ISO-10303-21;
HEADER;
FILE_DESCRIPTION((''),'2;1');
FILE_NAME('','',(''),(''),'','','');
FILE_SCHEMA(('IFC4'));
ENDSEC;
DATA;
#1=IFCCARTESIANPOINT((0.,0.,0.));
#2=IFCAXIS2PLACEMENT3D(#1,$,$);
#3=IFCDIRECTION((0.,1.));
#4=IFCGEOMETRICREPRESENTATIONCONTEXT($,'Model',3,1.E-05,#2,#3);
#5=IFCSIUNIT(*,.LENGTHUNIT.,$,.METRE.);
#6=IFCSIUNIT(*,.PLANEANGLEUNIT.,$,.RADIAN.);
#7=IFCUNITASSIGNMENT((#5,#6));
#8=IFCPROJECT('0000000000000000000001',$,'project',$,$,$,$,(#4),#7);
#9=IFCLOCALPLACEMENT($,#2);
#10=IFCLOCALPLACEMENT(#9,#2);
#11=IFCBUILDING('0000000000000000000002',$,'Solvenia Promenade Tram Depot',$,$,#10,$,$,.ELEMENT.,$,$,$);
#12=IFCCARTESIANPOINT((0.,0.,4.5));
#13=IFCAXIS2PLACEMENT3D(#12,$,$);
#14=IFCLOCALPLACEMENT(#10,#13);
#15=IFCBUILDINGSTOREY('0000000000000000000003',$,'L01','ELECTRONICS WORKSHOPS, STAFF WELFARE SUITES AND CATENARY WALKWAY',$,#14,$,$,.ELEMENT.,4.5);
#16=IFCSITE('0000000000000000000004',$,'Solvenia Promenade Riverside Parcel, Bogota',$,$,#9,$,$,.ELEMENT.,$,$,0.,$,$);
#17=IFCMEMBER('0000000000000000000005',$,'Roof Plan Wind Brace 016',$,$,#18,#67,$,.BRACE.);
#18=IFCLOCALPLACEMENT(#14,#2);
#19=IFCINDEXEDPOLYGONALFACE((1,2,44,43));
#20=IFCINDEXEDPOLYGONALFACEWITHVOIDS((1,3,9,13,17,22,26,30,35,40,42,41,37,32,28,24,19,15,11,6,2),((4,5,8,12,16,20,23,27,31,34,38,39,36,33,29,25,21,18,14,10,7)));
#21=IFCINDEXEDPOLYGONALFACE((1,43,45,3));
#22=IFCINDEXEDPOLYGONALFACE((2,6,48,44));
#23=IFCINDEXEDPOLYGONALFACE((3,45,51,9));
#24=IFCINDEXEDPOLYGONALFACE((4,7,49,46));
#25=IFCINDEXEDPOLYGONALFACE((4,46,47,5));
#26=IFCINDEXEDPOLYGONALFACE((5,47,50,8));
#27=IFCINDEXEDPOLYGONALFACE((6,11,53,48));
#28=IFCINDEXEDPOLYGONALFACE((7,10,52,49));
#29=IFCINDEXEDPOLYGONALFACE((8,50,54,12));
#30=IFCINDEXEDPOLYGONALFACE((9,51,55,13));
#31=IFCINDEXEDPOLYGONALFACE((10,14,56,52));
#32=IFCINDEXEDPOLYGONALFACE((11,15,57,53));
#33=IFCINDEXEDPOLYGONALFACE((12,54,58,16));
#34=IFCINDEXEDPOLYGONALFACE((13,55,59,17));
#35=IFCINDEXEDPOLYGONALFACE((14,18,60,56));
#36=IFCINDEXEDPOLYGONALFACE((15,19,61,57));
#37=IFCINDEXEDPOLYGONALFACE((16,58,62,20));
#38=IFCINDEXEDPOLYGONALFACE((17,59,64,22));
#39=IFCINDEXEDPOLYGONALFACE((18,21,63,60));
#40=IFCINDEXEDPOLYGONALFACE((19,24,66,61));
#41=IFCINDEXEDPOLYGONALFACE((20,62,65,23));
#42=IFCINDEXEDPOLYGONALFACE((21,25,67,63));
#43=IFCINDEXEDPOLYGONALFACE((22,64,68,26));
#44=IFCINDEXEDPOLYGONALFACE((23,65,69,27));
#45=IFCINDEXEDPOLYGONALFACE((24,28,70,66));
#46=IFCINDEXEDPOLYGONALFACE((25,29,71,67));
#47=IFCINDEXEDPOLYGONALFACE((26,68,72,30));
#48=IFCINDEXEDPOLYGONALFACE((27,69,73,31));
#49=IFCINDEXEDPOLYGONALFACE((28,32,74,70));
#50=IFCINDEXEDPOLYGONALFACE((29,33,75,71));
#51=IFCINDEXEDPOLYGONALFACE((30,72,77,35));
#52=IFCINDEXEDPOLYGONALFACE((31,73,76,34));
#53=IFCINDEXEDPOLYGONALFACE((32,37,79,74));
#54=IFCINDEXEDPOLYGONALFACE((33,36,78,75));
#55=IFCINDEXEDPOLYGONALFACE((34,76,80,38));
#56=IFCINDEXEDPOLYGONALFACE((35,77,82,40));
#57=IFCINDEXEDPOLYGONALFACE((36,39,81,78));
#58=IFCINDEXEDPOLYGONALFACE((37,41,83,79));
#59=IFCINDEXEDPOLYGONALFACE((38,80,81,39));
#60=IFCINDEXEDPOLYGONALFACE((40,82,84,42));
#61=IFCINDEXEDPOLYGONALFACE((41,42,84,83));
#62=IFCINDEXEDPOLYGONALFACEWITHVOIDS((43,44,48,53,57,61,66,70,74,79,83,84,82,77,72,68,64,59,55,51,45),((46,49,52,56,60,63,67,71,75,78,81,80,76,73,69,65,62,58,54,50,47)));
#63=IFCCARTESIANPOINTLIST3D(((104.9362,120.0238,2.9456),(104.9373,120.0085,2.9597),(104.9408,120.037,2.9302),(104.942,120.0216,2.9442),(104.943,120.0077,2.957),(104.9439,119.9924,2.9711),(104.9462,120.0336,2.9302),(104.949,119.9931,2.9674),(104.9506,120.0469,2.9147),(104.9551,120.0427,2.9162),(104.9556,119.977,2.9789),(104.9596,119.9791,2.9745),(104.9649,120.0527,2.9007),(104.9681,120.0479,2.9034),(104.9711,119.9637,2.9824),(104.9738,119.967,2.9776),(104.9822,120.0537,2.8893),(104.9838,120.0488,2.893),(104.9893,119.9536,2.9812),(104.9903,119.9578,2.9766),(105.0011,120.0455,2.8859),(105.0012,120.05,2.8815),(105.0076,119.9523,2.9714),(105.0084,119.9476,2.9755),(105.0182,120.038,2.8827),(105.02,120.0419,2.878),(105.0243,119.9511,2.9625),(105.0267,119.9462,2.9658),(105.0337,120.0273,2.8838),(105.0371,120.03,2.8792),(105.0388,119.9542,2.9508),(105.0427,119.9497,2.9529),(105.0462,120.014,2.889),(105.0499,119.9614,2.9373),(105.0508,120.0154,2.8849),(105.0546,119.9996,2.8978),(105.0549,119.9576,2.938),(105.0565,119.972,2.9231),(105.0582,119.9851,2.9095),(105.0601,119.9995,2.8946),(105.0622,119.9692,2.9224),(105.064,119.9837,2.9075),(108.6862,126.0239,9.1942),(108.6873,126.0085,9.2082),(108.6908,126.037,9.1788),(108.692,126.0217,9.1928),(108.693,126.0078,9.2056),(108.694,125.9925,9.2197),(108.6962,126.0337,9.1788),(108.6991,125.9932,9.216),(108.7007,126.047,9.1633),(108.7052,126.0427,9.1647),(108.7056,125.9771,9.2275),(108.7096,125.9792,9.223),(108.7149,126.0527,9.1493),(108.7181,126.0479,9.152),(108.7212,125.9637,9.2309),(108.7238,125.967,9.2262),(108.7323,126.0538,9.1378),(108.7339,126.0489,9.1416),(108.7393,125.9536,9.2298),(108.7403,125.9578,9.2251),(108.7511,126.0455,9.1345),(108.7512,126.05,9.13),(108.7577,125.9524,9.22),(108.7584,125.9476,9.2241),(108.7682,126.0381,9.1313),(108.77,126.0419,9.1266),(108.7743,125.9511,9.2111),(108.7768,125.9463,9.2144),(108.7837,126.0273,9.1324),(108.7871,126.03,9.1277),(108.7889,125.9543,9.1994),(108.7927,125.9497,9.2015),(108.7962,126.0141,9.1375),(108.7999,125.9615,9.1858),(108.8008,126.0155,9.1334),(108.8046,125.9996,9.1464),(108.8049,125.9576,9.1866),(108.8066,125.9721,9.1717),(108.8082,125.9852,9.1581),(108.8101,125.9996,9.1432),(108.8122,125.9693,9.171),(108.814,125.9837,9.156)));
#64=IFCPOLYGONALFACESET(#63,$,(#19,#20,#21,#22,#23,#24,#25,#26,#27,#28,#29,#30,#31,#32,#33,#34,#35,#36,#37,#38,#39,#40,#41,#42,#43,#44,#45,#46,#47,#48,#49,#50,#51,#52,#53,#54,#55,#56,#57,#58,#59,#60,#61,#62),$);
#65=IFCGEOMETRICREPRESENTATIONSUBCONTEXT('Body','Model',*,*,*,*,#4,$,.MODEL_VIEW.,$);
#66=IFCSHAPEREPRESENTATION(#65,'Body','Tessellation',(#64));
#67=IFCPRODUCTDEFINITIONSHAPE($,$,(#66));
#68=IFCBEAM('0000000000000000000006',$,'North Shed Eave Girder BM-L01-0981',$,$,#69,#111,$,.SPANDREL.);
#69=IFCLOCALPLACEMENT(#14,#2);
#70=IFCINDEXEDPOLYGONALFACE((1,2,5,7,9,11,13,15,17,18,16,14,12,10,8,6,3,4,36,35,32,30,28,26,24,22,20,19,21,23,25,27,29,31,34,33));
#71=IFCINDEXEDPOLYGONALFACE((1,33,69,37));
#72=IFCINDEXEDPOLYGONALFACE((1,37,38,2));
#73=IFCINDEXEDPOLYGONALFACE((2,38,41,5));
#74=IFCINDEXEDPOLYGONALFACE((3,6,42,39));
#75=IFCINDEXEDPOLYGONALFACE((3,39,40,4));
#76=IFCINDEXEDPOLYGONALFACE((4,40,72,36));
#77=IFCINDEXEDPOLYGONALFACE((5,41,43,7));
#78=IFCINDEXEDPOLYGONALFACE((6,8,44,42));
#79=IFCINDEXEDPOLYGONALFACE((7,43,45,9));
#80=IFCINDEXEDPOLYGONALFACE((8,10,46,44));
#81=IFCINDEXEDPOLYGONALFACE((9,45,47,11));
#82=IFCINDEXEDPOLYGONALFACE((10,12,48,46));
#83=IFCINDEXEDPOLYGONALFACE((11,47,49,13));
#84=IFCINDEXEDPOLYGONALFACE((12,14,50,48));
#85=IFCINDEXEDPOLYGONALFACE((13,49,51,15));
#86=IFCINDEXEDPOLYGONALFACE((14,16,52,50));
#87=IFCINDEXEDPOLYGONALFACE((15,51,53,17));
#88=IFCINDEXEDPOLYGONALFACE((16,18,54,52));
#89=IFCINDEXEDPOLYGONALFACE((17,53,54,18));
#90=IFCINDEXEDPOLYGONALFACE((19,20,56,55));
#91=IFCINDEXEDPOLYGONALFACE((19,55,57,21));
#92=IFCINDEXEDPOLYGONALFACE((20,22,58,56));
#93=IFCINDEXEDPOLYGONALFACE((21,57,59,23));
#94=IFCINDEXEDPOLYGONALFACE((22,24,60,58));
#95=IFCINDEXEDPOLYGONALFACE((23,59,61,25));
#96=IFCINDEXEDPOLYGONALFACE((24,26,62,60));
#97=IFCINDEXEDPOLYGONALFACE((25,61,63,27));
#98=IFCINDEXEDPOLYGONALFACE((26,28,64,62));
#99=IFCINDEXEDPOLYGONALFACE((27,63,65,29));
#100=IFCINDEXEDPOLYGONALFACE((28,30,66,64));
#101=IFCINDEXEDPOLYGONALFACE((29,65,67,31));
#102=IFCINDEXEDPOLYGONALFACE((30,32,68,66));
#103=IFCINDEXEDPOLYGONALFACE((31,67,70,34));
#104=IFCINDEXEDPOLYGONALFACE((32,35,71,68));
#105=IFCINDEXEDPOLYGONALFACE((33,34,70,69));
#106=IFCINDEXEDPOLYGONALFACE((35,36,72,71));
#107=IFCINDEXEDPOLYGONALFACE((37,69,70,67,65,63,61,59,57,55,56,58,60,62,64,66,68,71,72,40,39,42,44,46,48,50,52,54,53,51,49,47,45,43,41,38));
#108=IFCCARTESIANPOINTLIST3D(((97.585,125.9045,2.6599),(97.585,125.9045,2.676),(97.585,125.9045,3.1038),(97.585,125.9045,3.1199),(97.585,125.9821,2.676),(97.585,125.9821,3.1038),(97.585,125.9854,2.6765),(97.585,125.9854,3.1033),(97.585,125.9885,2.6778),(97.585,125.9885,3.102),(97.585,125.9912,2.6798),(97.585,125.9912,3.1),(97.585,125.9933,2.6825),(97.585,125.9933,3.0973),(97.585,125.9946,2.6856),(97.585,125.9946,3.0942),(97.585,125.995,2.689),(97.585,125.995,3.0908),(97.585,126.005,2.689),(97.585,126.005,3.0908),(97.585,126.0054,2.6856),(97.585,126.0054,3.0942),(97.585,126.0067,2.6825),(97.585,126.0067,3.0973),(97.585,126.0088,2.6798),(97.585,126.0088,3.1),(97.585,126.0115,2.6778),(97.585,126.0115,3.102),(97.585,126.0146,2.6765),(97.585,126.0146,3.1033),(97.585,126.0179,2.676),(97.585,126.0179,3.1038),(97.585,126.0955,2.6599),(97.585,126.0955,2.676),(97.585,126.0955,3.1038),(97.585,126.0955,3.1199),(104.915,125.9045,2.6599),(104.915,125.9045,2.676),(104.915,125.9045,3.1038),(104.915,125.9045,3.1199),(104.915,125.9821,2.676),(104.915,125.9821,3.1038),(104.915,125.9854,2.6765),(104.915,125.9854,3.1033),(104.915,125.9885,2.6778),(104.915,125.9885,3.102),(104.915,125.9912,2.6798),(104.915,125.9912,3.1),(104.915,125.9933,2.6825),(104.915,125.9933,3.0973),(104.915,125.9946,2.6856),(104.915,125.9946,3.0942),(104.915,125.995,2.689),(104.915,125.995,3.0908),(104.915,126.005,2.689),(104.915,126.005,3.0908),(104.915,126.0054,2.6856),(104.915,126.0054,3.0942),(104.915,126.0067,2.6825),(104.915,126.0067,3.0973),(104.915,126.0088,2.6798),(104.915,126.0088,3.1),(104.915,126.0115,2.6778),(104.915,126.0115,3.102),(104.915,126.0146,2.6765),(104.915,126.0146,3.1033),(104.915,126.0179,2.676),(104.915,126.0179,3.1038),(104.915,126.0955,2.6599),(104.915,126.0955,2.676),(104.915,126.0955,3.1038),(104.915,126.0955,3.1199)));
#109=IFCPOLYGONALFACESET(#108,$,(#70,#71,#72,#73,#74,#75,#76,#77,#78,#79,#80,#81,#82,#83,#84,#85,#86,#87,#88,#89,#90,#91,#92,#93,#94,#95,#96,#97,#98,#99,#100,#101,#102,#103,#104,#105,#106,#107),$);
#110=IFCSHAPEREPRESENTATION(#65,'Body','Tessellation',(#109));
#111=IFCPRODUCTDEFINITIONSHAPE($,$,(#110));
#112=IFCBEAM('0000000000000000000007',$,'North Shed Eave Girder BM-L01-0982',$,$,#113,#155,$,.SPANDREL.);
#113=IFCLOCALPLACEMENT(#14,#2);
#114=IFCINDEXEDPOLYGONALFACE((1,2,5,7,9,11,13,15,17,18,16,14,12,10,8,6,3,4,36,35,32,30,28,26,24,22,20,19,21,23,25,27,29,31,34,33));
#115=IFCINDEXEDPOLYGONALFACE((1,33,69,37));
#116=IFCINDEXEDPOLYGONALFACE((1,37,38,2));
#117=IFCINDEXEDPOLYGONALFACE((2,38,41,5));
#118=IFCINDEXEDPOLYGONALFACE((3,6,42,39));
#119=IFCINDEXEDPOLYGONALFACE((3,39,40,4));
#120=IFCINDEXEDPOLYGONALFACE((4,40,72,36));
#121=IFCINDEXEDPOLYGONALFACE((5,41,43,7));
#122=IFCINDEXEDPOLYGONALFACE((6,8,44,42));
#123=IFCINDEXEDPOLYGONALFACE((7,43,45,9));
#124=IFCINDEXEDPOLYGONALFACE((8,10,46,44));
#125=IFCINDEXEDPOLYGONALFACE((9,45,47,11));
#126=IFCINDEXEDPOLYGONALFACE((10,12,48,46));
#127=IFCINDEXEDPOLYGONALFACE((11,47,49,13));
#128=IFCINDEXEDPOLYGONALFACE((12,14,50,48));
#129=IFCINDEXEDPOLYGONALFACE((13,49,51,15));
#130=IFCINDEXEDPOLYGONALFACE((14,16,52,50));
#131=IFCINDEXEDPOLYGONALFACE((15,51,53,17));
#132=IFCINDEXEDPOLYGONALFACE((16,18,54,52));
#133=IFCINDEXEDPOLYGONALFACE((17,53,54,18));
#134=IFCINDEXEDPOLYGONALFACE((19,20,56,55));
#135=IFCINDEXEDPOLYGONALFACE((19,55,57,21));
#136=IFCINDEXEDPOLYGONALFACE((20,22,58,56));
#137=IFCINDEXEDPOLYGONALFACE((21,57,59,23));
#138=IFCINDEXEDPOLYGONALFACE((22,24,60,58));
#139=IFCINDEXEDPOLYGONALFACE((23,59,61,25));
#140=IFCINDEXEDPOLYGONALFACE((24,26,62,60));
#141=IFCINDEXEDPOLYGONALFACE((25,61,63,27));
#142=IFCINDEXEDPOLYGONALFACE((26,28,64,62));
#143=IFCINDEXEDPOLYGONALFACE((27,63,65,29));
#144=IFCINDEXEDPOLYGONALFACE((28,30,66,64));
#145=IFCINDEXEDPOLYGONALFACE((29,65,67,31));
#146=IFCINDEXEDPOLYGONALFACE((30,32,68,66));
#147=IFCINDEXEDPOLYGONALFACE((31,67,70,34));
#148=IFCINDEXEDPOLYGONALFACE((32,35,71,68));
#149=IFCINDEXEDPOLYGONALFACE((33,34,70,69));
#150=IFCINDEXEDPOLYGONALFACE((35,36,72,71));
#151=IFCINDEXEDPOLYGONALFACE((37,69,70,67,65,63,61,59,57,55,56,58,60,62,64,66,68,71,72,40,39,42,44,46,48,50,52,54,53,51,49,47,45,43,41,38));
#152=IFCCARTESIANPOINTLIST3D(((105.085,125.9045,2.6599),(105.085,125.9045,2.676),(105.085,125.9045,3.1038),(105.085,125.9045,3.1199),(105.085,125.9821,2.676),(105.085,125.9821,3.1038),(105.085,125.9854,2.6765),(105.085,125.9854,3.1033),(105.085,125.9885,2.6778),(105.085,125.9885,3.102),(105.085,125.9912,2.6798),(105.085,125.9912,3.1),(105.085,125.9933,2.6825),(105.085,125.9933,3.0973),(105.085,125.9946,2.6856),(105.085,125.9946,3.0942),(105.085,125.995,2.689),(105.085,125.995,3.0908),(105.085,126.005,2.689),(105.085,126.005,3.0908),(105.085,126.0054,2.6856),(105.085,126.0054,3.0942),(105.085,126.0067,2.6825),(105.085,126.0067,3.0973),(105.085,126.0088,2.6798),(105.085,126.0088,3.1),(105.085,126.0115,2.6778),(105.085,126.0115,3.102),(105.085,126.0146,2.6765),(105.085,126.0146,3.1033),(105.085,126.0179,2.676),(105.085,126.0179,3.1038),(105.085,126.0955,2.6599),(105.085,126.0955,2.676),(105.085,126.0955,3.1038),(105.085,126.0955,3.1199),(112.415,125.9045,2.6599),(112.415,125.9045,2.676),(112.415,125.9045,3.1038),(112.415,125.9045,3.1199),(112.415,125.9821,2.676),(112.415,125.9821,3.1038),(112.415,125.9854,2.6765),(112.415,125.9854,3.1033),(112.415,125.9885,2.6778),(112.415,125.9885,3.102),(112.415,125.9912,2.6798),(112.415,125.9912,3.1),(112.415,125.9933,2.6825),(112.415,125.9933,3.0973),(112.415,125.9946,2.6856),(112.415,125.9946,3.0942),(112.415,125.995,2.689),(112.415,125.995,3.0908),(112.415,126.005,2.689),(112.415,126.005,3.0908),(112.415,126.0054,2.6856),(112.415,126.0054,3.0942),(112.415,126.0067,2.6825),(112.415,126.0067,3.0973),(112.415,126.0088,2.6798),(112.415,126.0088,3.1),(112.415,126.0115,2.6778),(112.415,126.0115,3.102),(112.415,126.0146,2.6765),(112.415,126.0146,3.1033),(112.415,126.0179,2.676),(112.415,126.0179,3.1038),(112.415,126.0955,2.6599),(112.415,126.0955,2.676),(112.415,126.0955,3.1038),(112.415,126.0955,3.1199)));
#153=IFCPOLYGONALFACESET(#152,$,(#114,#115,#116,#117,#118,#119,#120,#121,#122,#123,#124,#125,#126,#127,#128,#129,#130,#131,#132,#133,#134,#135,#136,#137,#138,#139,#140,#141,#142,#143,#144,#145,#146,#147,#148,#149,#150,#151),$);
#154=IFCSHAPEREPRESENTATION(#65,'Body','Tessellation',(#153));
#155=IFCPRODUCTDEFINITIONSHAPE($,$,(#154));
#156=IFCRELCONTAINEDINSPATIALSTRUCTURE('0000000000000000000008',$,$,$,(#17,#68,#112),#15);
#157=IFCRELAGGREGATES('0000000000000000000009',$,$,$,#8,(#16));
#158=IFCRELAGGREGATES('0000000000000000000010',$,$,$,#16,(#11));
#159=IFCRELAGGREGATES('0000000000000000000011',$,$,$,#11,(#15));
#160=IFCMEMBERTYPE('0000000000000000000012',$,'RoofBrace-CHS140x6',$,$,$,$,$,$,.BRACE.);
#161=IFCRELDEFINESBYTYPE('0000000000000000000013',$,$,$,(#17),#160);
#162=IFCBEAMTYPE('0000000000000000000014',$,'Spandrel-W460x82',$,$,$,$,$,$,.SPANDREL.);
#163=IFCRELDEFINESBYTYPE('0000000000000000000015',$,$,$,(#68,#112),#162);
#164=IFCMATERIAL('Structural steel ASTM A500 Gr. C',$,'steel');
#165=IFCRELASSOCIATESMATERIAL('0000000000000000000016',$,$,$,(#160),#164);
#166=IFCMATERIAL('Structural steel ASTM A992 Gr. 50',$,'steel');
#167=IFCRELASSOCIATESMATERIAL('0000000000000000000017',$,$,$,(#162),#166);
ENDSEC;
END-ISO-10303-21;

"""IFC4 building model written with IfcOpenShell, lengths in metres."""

from ifc_helpers import new_model, si_unit, direction, frame, origin, origin_2d, place, context, subcontext, project, spatial, hollow_circle, i_section, extrude, material, material_profile, profile_set, type_object, element, save


model = new_model("IFC4")

# Units and contexts
model_context = context("Model", 3, precision=1e-05, world=origin(), true_north=direction((0.0, 1.0)))
body_context = subcontext(model_context, "Body", "Model", "MODEL_VIEW")
ifc_project = project(units=[si_unit("LENGTHUNIT", "METRE"), si_unit("PLANEANGLEUNIT", "RADIAN")], contexts=[model_context])

# Site, building, storey
site_placement = place(None, origin())
site = spatial("IfcSite", under=ifc_project, at=site_placement, Name="Solvenia Promenade Riverside Parcel, Bogota", CompositionType="ELEMENT", RefElevation=0.0)
building_placement = place(site_placement, origin())
building = spatial("IfcBuilding", under=site, at=building_placement, Name="Solvenia Promenade Tram Depot", CompositionType="ELEMENT")
storey_placement = place(building_placement, frame((0.0, 0.0, 4.5)))
storey = spatial("IfcBuildingStorey", under=building, at=storey_placement, Name="L01", Description="ELECTRONICS WORKSHOPS, STAFF WELFARE SUITES AND CATENARY WALKWAY", CompositionType="ELEMENT", Elevation=4.5)

# Shared definitions
ifc_material_1 = material(Name="Structural steel ASTM A992 Gr. 50", Category="steel")

# Shared definitions
ifc_material_2 = material(Name="Structural steel ASTM A500 Gr. C", Category="steel")

# Member
ifc_material_profile_1 = material_profile(ifc_material_2, hollow_circle(Radius=0.0698, WallThickness=0.0063, at=origin_2d()), Name="CHS139.7x6.3", Category="steel")
ifc_profile_set_1 = profile_set([ifc_material_profile_1], Name="Structural steel ASTM A500 Gr. C")
member_type_1 = type_object("IfcMemberType", Name="RoofBrace-CHS140x6", PredefinedType="BRACE", material=ifc_profile_set_1)
member_1_placement = place(storey_placement, frame((105.0, 120.0, 2.9302), z_axis=(0.397261, 0.635618, 0.661947), x_axis=(-0.847998, 0.529999, 0.0)))
element("IfcMember", 1, at=member_1_placement, inside=storey, type_object=member_type_1, Name="Roof Plan Wind Brace 016", PredefinedType="BRACE", context=body_context, shape_type="SweptSolid", body=[
    extrude(hollow_circle(Radius=0.0698, WallThickness=0.0063, at=origin_2d()), origin(), (0.0, 0.0, 1.0), 9.4397),
])

# Beams
ifc_material_profile_2 = material_profile(ifc_material_1, i_section(OverallWidth=0.1909, OverallDepth=0.46, WebThickness=0.01, FlangeThickness=0.0161, FilletRadius=0.0129, at=origin_2d()), Name="W460x82", Category="steel")
ifc_profile_set_2 = profile_set([ifc_material_profile_2], Name="Structural steel ASTM A992 Gr. 50")
beam_type = type_object("IfcBeamType", Name="Spandrel-W460x82", PredefinedType="SPANDREL", material=ifc_profile_set_2)
for number, where, z_axis, x_axis, name in (
    (2, (97.585, 126.0, 2.8899), (1.0, 0.0, 0.0), (0.0, 1.0, 0.0), "North Shed Eave Girder BM-L01-0981"),
    (3, (105.085, 126.0, 2.8899), (1.0, 0.0, 0.0), (0.0, 1.0, 0.0), "North Shed Eave Girder BM-L01-0982"),
):
    element("IfcBeam", number, at=place(storey_placement, frame(where, z_axis=z_axis, x_axis=x_axis)), inside=storey, type_object=beam_type, Name=name, PredefinedType="SPANDREL", context=body_context, shape_type="SweptSolid", body=[
        extrude(i_section(OverallWidth=0.1909, OverallDepth=0.46, WebThickness=0.01, FlangeThickness=0.0161, FilletRadius=0.0129, at=origin_2d()), origin(), (0.0, 0.0, 1.0), 7.3301),
    ])

save(model, "model.ifc")
